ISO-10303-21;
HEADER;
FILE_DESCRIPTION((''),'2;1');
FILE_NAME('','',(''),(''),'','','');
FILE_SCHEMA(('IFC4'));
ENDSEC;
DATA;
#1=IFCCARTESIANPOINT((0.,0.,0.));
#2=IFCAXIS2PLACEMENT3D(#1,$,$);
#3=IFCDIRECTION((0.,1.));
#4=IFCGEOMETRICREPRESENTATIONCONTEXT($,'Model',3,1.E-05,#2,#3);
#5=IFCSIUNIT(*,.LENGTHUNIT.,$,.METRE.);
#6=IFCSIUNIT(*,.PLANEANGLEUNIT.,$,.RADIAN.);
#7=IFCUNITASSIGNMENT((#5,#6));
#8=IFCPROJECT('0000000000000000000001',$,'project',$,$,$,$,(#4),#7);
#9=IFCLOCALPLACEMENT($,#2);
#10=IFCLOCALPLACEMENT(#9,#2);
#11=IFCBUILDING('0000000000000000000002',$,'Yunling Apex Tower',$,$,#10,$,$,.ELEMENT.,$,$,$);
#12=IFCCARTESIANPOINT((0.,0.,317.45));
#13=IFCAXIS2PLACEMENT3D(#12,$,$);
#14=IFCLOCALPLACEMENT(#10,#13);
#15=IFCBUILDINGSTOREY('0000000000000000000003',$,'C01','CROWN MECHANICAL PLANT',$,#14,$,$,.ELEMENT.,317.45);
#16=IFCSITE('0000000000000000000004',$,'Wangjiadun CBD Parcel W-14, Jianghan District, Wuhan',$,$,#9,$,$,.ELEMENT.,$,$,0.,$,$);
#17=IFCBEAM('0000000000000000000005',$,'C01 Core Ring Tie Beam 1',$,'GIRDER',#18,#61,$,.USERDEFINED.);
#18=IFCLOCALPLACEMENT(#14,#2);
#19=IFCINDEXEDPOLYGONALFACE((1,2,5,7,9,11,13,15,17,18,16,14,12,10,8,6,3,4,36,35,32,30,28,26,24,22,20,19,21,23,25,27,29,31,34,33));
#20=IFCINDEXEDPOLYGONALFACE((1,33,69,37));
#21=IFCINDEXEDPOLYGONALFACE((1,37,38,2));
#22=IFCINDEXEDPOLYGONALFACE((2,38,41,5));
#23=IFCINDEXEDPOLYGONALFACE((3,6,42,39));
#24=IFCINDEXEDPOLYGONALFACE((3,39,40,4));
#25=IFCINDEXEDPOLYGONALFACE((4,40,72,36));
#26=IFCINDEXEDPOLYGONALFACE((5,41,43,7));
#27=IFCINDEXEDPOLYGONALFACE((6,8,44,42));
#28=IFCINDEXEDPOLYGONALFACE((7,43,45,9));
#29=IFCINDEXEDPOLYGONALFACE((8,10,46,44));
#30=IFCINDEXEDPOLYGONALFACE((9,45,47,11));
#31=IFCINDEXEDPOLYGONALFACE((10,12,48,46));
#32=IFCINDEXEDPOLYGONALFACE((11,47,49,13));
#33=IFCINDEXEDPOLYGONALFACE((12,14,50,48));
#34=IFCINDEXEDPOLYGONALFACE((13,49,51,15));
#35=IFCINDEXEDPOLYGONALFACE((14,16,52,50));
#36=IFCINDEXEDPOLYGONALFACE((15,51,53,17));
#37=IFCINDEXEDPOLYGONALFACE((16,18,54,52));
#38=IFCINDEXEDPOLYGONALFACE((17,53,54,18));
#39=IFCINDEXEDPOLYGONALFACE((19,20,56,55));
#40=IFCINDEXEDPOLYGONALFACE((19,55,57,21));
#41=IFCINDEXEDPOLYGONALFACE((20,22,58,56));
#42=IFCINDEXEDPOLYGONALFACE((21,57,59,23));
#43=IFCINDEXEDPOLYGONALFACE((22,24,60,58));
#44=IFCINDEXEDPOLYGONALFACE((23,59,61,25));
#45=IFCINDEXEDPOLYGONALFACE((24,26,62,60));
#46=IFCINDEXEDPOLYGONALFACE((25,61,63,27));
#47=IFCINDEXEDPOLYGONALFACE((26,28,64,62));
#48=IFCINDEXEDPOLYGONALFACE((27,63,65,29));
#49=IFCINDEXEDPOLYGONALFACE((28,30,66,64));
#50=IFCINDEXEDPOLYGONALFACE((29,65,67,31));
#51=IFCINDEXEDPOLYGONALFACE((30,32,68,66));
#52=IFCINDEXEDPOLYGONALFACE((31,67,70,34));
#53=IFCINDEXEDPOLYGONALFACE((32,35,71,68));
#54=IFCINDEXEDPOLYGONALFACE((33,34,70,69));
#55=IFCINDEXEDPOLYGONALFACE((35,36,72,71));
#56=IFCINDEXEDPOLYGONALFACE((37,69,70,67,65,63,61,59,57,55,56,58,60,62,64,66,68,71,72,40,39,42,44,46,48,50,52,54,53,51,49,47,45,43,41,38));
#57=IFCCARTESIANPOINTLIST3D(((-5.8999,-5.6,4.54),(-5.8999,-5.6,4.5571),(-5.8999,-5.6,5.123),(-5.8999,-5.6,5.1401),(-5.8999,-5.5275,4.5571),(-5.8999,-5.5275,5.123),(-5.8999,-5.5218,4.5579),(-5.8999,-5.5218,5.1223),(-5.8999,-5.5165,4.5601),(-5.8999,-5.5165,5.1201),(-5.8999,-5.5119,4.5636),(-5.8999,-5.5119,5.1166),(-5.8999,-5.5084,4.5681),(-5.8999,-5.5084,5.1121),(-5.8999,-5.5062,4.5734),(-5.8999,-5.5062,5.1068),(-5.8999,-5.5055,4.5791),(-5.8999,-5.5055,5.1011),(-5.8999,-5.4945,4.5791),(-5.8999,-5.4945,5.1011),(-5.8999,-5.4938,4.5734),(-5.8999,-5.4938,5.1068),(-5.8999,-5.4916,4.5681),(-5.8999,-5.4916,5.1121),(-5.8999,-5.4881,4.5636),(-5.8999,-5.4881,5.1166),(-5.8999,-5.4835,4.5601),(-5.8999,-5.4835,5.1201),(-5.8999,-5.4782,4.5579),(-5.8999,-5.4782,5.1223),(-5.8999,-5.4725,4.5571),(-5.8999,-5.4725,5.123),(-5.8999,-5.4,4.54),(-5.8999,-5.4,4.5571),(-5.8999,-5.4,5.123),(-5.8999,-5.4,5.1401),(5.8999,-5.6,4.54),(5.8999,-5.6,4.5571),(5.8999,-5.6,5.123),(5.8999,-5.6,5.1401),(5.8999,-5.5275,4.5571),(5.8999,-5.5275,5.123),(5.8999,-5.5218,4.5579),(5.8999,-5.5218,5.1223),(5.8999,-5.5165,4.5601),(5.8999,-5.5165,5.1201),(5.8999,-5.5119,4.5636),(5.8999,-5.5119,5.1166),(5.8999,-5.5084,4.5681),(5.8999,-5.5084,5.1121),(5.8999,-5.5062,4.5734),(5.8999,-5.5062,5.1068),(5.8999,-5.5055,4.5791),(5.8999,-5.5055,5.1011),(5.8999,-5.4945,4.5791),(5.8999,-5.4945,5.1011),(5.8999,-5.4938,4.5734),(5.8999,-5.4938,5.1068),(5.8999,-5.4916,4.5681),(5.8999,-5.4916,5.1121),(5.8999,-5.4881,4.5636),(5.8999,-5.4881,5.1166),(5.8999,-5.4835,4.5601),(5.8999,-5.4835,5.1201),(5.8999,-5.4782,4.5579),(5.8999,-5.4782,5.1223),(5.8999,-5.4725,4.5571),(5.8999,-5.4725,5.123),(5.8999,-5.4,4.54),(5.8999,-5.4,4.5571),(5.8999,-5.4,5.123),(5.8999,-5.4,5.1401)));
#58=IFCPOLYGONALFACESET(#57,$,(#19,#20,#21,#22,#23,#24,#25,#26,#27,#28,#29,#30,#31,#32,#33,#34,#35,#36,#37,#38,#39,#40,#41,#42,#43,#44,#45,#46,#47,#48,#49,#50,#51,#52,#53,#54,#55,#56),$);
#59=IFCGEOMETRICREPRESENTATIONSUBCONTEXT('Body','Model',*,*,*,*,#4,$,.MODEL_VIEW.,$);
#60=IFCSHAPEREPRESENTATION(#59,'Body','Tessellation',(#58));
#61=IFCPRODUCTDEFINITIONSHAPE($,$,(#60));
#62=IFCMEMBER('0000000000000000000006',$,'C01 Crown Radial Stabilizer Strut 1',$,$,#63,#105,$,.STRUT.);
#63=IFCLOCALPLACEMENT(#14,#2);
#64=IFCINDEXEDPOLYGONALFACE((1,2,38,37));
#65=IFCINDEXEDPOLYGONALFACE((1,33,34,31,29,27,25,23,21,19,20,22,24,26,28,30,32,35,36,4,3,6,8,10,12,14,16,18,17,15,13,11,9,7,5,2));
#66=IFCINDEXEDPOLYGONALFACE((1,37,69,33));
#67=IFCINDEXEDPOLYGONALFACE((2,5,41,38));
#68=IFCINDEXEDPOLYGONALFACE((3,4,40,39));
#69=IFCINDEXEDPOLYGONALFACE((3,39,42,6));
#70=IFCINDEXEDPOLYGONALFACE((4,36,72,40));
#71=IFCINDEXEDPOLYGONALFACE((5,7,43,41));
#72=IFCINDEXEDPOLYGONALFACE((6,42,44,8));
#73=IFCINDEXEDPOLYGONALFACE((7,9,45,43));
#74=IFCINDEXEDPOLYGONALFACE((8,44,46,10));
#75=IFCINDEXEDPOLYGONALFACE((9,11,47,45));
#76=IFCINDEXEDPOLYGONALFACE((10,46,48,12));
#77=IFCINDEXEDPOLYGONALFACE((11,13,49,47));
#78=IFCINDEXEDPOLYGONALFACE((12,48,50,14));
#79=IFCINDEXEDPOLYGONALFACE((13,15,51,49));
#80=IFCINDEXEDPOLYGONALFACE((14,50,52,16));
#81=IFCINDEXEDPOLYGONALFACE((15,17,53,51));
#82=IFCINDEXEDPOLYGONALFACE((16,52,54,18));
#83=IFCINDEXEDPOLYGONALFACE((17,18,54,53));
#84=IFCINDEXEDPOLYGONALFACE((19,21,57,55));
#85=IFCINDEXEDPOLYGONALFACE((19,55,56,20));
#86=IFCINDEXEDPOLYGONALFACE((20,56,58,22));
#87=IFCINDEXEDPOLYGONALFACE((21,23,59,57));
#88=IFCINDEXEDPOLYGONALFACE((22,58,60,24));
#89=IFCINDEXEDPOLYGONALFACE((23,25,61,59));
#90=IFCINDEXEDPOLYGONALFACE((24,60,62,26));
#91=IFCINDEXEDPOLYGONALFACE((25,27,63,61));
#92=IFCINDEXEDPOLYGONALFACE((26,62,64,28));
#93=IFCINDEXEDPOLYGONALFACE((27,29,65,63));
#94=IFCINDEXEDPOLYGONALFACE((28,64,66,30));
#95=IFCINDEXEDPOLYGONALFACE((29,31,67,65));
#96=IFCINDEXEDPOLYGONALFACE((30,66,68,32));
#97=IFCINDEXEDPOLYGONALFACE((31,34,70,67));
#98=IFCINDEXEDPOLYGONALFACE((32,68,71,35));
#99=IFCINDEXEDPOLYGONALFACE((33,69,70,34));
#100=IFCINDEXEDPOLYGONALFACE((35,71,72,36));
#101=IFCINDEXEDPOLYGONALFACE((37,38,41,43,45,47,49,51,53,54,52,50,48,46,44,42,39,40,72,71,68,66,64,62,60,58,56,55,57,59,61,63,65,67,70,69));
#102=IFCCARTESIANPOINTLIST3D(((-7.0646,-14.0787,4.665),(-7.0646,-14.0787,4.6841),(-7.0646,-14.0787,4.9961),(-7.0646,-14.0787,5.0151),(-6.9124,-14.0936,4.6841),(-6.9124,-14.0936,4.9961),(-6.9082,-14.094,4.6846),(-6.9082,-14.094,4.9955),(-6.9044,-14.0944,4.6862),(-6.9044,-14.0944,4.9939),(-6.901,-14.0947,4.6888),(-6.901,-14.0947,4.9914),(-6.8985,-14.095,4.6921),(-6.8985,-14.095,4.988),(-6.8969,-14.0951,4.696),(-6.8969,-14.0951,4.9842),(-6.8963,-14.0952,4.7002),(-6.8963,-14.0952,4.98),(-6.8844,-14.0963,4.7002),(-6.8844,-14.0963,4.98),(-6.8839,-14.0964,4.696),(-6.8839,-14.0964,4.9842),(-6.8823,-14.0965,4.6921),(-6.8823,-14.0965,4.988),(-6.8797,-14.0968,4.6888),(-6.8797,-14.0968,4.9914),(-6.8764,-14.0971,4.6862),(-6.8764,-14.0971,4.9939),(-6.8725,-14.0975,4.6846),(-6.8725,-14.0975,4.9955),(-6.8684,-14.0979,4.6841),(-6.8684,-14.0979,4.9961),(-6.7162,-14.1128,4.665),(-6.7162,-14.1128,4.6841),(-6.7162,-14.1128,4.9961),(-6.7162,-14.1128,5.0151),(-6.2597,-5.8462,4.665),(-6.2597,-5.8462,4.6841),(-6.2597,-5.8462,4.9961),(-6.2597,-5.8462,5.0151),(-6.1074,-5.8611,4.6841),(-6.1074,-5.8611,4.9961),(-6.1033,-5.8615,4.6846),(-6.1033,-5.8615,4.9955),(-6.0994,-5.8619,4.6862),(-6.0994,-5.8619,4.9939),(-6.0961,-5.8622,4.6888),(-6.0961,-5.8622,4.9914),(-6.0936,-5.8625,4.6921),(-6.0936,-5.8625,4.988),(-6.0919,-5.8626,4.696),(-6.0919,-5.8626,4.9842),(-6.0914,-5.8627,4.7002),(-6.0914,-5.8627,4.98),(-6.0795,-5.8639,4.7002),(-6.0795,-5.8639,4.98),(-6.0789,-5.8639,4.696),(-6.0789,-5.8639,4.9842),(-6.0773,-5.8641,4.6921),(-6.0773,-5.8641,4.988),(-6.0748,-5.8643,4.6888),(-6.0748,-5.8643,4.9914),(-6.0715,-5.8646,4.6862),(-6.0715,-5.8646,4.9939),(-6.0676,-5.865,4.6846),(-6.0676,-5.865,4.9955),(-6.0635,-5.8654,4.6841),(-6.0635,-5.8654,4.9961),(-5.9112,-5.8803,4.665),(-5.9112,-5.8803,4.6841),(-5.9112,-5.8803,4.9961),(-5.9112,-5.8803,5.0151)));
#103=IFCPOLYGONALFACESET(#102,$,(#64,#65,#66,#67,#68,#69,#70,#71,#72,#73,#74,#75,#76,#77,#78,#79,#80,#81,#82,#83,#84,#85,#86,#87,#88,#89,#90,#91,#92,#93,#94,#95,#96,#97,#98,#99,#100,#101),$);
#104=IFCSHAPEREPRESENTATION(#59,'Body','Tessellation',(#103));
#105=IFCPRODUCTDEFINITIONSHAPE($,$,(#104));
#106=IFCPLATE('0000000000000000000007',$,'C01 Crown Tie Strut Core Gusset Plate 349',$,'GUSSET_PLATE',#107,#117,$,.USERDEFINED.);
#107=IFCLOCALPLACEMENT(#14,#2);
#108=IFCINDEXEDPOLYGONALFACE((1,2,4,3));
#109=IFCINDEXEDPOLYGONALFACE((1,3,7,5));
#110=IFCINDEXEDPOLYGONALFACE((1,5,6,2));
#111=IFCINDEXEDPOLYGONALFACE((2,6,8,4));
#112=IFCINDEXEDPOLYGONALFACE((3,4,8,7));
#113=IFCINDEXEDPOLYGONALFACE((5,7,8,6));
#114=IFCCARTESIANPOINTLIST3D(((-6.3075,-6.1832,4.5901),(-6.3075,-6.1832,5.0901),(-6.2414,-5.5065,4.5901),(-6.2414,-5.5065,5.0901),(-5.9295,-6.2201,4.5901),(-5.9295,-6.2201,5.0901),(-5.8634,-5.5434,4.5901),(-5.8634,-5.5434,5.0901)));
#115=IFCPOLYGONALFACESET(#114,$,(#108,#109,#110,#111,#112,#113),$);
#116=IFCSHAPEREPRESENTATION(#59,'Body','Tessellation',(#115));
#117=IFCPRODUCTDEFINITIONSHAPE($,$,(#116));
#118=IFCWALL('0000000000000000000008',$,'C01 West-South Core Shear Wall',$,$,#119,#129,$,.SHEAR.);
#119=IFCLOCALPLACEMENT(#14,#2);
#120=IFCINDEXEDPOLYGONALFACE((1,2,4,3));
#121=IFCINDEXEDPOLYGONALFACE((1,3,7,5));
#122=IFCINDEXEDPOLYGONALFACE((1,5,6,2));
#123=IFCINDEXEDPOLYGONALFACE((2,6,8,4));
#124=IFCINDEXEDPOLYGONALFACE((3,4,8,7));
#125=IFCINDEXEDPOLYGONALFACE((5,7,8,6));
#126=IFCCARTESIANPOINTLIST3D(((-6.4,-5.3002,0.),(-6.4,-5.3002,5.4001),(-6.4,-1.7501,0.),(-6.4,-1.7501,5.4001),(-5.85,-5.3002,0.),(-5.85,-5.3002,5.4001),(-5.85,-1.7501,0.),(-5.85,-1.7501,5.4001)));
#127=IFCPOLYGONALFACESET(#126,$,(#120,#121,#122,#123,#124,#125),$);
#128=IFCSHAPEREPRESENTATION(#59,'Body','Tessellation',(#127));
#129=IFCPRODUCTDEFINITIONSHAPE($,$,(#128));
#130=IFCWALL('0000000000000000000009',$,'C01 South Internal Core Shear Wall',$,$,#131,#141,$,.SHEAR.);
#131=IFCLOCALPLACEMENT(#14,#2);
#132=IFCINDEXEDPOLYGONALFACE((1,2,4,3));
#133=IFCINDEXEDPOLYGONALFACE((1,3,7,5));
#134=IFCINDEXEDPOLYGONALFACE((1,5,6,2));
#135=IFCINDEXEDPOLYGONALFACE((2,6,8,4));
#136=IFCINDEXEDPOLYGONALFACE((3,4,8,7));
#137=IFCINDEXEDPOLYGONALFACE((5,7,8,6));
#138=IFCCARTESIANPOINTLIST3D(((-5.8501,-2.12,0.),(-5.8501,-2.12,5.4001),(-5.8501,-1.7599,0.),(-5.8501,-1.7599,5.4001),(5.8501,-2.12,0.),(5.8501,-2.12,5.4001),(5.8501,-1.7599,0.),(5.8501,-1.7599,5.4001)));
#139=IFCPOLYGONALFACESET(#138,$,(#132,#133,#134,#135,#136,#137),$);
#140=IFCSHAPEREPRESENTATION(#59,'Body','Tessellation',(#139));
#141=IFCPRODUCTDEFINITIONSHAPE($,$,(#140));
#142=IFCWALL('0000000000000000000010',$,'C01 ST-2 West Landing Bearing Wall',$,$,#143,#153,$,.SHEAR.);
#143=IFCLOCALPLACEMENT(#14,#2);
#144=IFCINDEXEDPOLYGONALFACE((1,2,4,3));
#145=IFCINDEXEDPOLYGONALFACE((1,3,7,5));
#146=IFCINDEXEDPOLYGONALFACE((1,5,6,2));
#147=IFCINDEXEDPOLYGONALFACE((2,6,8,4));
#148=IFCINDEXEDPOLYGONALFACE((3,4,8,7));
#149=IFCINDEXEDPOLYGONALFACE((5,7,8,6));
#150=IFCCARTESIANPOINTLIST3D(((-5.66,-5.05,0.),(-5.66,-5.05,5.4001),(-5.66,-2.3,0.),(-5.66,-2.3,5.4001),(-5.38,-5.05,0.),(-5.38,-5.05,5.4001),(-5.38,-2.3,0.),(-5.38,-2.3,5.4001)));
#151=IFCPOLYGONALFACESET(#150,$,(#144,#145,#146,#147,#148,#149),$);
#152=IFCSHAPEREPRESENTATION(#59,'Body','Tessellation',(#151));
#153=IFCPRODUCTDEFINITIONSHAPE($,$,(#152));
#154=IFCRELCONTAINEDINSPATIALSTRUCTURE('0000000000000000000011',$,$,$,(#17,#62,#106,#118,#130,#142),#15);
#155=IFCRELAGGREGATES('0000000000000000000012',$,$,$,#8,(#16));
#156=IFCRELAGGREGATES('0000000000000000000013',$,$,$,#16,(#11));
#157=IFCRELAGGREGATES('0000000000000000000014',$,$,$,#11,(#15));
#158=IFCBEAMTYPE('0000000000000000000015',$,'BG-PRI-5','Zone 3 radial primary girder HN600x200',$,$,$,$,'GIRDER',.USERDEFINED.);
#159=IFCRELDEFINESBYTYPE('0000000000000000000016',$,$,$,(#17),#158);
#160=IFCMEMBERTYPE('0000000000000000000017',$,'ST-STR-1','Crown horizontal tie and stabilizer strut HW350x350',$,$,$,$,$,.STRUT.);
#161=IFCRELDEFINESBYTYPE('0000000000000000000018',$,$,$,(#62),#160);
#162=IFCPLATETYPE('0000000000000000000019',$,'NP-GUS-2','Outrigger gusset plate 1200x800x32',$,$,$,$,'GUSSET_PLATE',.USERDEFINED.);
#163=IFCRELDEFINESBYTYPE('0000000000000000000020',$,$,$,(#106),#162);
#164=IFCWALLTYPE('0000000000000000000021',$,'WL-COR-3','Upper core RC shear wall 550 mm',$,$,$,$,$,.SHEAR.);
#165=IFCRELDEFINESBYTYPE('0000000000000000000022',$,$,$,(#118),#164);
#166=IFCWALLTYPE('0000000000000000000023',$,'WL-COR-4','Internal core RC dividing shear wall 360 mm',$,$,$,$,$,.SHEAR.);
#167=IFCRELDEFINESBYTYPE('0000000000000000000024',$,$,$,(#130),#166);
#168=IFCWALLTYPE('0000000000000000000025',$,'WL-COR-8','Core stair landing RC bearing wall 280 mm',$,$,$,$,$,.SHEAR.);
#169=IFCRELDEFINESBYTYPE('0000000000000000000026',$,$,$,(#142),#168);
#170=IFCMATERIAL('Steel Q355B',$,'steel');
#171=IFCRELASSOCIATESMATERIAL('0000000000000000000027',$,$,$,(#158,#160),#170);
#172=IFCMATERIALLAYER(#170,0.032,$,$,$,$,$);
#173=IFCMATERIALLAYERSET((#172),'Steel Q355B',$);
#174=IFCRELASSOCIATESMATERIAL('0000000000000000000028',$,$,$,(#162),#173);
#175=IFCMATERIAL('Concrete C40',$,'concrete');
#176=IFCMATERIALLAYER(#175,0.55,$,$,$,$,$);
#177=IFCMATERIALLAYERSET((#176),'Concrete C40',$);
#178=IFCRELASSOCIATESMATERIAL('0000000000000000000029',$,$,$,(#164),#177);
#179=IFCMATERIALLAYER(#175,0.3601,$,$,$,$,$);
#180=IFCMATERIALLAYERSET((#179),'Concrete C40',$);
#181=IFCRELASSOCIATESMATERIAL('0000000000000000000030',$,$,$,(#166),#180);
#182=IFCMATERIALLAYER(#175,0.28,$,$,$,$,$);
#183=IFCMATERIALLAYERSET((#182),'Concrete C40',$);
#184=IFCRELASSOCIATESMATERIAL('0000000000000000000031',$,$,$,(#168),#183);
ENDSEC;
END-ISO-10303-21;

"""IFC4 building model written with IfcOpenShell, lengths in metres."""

from ifc_helpers import new_model, si_unit, direction, frame, frame_2d, origin, origin_2d, place, context, subcontext, project, spatial, rectangle, i_section, extrude, source, transform, mapped, material, layer, layer_set, material_profile, profile_set, type_object, element, save


model = new_model("IFC4")

# Units and contexts
model_context = context("Model", 3, precision=1e-05, world=origin(), true_north=direction((0.0, 1.0)))
body_context = subcontext(model_context, "Body", "Model", "MODEL_VIEW")
ifc_project = project(units=[si_unit("LENGTHUNIT", "METRE"), si_unit("PLANEANGLEUNIT", "RADIAN")], contexts=[model_context])

# Site, building, storey
site_placement = place(None, origin())
site = spatial("IfcSite", under=ifc_project, at=site_placement, Name="Wangjiadun CBD Parcel W-14, Jianghan District, Wuhan", CompositionType="ELEMENT", RefElevation=0.0)
building_placement = place(site_placement, origin())
building = spatial("IfcBuilding", under=site, at=building_placement, Name="Yunling Apex Tower", CompositionType="ELEMENT")
storey_placement = place(building_placement, frame((0.0, 0.0, 317.45)))
storey = spatial("IfcBuildingStorey", under=building, at=storey_placement, Name="C01", Description="CROWN MECHANICAL PLANT", CompositionType="ELEMENT", Elevation=317.45)

# Beam
ifc_material_1 = material(Name="Steel Q355B", Category="steel")
ifc_material_2 = material(Name="Concrete C40", Category="concrete")
ifc_material_profile_1 = material_profile(ifc_material_1, i_section(OverallWidth=0.2, OverallDepth=0.6001, WebThickness=0.011, FlangeThickness=0.0171, FilletRadius=0.022, at=origin_2d()))
ifc_profile_set_1 = profile_set([ifc_material_profile_1], Name="Steel Q355B")
beam_type_1 = type_object("IfcBeamType", Name="BG-PRI-5", Description="Zone 3 radial primary girder HN600x200", ElementType="GIRDER", PredefinedType="USERDEFINED", material=ifc_profile_set_1)
shared_shape_1 = source(origin(), body_context, "Body", "SweptSolid", [
    extrude(i_section(OverallWidth=0.2, OverallDepth=0.6001, WebThickness=0.011, FlangeThickness=0.0171, FilletRadius=0.022, at=origin_2d()), origin(), (0.0, 0.0, 1.0), 11.7998),
])
beam_1_placement = place(storey_placement, frame((-5.8999, -5.5, 4.8401), z_axis=(1.0, 0.0, 0.0), x_axis=(0.0, 1.0, 0.0)))
element("IfcBeam", 1, at=beam_1_placement, inside=storey, type_object=beam_type_1, Name="C01 Core Ring Tie Beam 1", ObjectType="GIRDER", PredefinedType="USERDEFINED", context=body_context, shape_type="MappedRepresentation", body=[
    mapped(shared_shape_1, transform((0.0, 0.0, 0.0), scale=1.0)),
])

# Member
ifc_material_profile_2 = material_profile(ifc_material_1, i_section(OverallWidth=0.3501, OverallDepth=0.3501, WebThickness=0.012, FlangeThickness=0.019, FilletRadius=0.0161, at=origin_2d()))
ifc_profile_set_2 = profile_set([ifc_material_profile_2], Name="Steel Q355B")
member_type = type_object("IfcMemberType", Name="ST-STR-1", Description="Crown horizontal tie and stabilizer strut HW350x350", PredefinedType="STRUT", material=ifc_profile_set_2)
shared_shape_2 = source(origin(), body_context, "Body", "SweptSolid", [
    extrude(i_section(OverallWidth=0.3501, OverallDepth=0.3501, WebThickness=0.012, FlangeThickness=0.019, FilletRadius=0.0161, at=origin_2d()), origin(), (0.0, 0.0, 1.0), 8.2717),
])
member_placement = place(storey_placement, frame((-6.0854, -5.8633, 4.8401), z_axis=(-0.097312, -0.995254, 0.0), x_axis=(0.995254, -0.097312, 0.0)))
element("IfcMember", 2, at=member_placement, inside=storey, type_object=member_type, Name="C01 Crown Radial Stabilizer Strut 1", PredefinedType="STRUT", context=body_context, shape_type="MappedRepresentation", body=[
    mapped(shared_shape_2, transform((0.0, 0.0, 0.0), scale=1.0)),
])

# Plate
ifc_layer_1 = layer(ifc_material_1, 0.032)
ifc_layer_set_1 = layer_set([ifc_layer_1], Name="Steel Q355B")
plate_type = type_object("IfcPlateType", Name="NP-GUS-2", Description="Outrigger gusset plate 1200x800x32", ElementType="GUSSET_PLATE", PredefinedType="USERDEFINED", material=ifc_layer_set_1)
shared_shape_3 = source(origin(), body_context, "Body", "SweptSolid", [
    extrude(rectangle(XDim=0.6799, YDim=0.3799, at=origin_2d()), origin(), (0.0, 0.0, 1.0), 0.5),
])
plate_placement = place(storey_placement, frame((-6.0854, -5.8633, 4.5901), z_axis=(0.0, 0.0, 1.0), x_axis=(-0.097235, -0.995261, 0.0)))
element("IfcPlate", 3, at=plate_placement, inside=storey, type_object=plate_type, Name="C01 Crown Tie Strut Core Gusset Plate 349", ObjectType="GUSSET_PLATE", PredefinedType="USERDEFINED", context=body_context, shape_type="MappedRepresentation", body=[
    mapped(shared_shape_3, transform((0.0, 0.0, 0.0), scale=1.0)),
])

# Walls
ifc_layer_2 = layer(ifc_material_2, 0.55)
ifc_layer_set_2 = layer_set([ifc_layer_2], Name="Concrete C40")
wall_type_1 = type_object("IfcWallType", Name="WL-COR-3", Description="Upper core RC shear wall 550 mm", PredefinedType="SHEAR", material=ifc_layer_set_2)
wall_1_placement = place(storey_placement, frame((-6.125, -5.3, 0.0), z_axis=(0.0, 0.0, 1.0), x_axis=(0.0, 1.0, 0.0)))
element("IfcWall", 4, at=wall_1_placement, inside=storey, type_object=wall_type_1, Name="C01 West-South Core Shear Wall", PredefinedType="SHEAR", context=body_context, shape_type="SweptSolid", body=[
    extrude(rectangle(XDim=3.55, YDim=0.55, at=frame_2d((1.7749, 0.0))), origin(), (0.0, 0.0, 1.0), 5.4001),
])
ifc_layer_3 = layer(ifc_material_2, 0.3601)
ifc_layer_set_3 = layer_set([ifc_layer_3], Name="Concrete C40")
wall_type_2 = type_object("IfcWallType", Name="WL-COR-4", Description="Internal core RC dividing shear wall 360 mm", PredefinedType="SHEAR", material=ifc_layer_set_3)
wall_2_placement = place(storey_placement, frame((-5.8501, -1.9399, 0.0), z_axis=(0.0, 0.0, 1.0), x_axis=(1.0, 0.0, 0.0)))
element("IfcWall", 5, at=wall_2_placement, inside=storey, type_object=wall_type_2, Name="C01 South Internal Core Shear Wall", PredefinedType="SHEAR", context=body_context, shape_type="SweptSolid", body=[
    extrude(rectangle(XDim=11.7002, YDim=0.3601, at=frame_2d((5.8501, 0.0))), origin(), (0.0, 0.0, 1.0), 5.4001),
])
ifc_layer_4 = layer(ifc_material_2, 0.28)
ifc_layer_set_4 = layer_set([ifc_layer_4], Name="Concrete C40")
wall_type_3 = type_object("IfcWallType", Name="WL-COR-8", Description="Core stair landing RC bearing wall 280 mm", PredefinedType="SHEAR", material=ifc_layer_set_4)
wall_3_placement = place(storey_placement, frame((-5.52, -5.05, 0.0), z_axis=(0.0, 0.0, 1.0), x_axis=(0.0, 1.0, 0.0)))
element("IfcWall", 6, at=wall_3_placement, inside=storey, type_object=wall_type_3, Name="C01 ST-2 West Landing Bearing Wall", PredefinedType="SHEAR", context=body_context, shape_type="SweptSolid", body=[
    extrude(rectangle(XDim=2.75, YDim=0.28, at=frame_2d((1.375, 0.0))), origin(), (0.0, 0.0, 1.0), 5.4001),
])

save(model, "model.ifc")
